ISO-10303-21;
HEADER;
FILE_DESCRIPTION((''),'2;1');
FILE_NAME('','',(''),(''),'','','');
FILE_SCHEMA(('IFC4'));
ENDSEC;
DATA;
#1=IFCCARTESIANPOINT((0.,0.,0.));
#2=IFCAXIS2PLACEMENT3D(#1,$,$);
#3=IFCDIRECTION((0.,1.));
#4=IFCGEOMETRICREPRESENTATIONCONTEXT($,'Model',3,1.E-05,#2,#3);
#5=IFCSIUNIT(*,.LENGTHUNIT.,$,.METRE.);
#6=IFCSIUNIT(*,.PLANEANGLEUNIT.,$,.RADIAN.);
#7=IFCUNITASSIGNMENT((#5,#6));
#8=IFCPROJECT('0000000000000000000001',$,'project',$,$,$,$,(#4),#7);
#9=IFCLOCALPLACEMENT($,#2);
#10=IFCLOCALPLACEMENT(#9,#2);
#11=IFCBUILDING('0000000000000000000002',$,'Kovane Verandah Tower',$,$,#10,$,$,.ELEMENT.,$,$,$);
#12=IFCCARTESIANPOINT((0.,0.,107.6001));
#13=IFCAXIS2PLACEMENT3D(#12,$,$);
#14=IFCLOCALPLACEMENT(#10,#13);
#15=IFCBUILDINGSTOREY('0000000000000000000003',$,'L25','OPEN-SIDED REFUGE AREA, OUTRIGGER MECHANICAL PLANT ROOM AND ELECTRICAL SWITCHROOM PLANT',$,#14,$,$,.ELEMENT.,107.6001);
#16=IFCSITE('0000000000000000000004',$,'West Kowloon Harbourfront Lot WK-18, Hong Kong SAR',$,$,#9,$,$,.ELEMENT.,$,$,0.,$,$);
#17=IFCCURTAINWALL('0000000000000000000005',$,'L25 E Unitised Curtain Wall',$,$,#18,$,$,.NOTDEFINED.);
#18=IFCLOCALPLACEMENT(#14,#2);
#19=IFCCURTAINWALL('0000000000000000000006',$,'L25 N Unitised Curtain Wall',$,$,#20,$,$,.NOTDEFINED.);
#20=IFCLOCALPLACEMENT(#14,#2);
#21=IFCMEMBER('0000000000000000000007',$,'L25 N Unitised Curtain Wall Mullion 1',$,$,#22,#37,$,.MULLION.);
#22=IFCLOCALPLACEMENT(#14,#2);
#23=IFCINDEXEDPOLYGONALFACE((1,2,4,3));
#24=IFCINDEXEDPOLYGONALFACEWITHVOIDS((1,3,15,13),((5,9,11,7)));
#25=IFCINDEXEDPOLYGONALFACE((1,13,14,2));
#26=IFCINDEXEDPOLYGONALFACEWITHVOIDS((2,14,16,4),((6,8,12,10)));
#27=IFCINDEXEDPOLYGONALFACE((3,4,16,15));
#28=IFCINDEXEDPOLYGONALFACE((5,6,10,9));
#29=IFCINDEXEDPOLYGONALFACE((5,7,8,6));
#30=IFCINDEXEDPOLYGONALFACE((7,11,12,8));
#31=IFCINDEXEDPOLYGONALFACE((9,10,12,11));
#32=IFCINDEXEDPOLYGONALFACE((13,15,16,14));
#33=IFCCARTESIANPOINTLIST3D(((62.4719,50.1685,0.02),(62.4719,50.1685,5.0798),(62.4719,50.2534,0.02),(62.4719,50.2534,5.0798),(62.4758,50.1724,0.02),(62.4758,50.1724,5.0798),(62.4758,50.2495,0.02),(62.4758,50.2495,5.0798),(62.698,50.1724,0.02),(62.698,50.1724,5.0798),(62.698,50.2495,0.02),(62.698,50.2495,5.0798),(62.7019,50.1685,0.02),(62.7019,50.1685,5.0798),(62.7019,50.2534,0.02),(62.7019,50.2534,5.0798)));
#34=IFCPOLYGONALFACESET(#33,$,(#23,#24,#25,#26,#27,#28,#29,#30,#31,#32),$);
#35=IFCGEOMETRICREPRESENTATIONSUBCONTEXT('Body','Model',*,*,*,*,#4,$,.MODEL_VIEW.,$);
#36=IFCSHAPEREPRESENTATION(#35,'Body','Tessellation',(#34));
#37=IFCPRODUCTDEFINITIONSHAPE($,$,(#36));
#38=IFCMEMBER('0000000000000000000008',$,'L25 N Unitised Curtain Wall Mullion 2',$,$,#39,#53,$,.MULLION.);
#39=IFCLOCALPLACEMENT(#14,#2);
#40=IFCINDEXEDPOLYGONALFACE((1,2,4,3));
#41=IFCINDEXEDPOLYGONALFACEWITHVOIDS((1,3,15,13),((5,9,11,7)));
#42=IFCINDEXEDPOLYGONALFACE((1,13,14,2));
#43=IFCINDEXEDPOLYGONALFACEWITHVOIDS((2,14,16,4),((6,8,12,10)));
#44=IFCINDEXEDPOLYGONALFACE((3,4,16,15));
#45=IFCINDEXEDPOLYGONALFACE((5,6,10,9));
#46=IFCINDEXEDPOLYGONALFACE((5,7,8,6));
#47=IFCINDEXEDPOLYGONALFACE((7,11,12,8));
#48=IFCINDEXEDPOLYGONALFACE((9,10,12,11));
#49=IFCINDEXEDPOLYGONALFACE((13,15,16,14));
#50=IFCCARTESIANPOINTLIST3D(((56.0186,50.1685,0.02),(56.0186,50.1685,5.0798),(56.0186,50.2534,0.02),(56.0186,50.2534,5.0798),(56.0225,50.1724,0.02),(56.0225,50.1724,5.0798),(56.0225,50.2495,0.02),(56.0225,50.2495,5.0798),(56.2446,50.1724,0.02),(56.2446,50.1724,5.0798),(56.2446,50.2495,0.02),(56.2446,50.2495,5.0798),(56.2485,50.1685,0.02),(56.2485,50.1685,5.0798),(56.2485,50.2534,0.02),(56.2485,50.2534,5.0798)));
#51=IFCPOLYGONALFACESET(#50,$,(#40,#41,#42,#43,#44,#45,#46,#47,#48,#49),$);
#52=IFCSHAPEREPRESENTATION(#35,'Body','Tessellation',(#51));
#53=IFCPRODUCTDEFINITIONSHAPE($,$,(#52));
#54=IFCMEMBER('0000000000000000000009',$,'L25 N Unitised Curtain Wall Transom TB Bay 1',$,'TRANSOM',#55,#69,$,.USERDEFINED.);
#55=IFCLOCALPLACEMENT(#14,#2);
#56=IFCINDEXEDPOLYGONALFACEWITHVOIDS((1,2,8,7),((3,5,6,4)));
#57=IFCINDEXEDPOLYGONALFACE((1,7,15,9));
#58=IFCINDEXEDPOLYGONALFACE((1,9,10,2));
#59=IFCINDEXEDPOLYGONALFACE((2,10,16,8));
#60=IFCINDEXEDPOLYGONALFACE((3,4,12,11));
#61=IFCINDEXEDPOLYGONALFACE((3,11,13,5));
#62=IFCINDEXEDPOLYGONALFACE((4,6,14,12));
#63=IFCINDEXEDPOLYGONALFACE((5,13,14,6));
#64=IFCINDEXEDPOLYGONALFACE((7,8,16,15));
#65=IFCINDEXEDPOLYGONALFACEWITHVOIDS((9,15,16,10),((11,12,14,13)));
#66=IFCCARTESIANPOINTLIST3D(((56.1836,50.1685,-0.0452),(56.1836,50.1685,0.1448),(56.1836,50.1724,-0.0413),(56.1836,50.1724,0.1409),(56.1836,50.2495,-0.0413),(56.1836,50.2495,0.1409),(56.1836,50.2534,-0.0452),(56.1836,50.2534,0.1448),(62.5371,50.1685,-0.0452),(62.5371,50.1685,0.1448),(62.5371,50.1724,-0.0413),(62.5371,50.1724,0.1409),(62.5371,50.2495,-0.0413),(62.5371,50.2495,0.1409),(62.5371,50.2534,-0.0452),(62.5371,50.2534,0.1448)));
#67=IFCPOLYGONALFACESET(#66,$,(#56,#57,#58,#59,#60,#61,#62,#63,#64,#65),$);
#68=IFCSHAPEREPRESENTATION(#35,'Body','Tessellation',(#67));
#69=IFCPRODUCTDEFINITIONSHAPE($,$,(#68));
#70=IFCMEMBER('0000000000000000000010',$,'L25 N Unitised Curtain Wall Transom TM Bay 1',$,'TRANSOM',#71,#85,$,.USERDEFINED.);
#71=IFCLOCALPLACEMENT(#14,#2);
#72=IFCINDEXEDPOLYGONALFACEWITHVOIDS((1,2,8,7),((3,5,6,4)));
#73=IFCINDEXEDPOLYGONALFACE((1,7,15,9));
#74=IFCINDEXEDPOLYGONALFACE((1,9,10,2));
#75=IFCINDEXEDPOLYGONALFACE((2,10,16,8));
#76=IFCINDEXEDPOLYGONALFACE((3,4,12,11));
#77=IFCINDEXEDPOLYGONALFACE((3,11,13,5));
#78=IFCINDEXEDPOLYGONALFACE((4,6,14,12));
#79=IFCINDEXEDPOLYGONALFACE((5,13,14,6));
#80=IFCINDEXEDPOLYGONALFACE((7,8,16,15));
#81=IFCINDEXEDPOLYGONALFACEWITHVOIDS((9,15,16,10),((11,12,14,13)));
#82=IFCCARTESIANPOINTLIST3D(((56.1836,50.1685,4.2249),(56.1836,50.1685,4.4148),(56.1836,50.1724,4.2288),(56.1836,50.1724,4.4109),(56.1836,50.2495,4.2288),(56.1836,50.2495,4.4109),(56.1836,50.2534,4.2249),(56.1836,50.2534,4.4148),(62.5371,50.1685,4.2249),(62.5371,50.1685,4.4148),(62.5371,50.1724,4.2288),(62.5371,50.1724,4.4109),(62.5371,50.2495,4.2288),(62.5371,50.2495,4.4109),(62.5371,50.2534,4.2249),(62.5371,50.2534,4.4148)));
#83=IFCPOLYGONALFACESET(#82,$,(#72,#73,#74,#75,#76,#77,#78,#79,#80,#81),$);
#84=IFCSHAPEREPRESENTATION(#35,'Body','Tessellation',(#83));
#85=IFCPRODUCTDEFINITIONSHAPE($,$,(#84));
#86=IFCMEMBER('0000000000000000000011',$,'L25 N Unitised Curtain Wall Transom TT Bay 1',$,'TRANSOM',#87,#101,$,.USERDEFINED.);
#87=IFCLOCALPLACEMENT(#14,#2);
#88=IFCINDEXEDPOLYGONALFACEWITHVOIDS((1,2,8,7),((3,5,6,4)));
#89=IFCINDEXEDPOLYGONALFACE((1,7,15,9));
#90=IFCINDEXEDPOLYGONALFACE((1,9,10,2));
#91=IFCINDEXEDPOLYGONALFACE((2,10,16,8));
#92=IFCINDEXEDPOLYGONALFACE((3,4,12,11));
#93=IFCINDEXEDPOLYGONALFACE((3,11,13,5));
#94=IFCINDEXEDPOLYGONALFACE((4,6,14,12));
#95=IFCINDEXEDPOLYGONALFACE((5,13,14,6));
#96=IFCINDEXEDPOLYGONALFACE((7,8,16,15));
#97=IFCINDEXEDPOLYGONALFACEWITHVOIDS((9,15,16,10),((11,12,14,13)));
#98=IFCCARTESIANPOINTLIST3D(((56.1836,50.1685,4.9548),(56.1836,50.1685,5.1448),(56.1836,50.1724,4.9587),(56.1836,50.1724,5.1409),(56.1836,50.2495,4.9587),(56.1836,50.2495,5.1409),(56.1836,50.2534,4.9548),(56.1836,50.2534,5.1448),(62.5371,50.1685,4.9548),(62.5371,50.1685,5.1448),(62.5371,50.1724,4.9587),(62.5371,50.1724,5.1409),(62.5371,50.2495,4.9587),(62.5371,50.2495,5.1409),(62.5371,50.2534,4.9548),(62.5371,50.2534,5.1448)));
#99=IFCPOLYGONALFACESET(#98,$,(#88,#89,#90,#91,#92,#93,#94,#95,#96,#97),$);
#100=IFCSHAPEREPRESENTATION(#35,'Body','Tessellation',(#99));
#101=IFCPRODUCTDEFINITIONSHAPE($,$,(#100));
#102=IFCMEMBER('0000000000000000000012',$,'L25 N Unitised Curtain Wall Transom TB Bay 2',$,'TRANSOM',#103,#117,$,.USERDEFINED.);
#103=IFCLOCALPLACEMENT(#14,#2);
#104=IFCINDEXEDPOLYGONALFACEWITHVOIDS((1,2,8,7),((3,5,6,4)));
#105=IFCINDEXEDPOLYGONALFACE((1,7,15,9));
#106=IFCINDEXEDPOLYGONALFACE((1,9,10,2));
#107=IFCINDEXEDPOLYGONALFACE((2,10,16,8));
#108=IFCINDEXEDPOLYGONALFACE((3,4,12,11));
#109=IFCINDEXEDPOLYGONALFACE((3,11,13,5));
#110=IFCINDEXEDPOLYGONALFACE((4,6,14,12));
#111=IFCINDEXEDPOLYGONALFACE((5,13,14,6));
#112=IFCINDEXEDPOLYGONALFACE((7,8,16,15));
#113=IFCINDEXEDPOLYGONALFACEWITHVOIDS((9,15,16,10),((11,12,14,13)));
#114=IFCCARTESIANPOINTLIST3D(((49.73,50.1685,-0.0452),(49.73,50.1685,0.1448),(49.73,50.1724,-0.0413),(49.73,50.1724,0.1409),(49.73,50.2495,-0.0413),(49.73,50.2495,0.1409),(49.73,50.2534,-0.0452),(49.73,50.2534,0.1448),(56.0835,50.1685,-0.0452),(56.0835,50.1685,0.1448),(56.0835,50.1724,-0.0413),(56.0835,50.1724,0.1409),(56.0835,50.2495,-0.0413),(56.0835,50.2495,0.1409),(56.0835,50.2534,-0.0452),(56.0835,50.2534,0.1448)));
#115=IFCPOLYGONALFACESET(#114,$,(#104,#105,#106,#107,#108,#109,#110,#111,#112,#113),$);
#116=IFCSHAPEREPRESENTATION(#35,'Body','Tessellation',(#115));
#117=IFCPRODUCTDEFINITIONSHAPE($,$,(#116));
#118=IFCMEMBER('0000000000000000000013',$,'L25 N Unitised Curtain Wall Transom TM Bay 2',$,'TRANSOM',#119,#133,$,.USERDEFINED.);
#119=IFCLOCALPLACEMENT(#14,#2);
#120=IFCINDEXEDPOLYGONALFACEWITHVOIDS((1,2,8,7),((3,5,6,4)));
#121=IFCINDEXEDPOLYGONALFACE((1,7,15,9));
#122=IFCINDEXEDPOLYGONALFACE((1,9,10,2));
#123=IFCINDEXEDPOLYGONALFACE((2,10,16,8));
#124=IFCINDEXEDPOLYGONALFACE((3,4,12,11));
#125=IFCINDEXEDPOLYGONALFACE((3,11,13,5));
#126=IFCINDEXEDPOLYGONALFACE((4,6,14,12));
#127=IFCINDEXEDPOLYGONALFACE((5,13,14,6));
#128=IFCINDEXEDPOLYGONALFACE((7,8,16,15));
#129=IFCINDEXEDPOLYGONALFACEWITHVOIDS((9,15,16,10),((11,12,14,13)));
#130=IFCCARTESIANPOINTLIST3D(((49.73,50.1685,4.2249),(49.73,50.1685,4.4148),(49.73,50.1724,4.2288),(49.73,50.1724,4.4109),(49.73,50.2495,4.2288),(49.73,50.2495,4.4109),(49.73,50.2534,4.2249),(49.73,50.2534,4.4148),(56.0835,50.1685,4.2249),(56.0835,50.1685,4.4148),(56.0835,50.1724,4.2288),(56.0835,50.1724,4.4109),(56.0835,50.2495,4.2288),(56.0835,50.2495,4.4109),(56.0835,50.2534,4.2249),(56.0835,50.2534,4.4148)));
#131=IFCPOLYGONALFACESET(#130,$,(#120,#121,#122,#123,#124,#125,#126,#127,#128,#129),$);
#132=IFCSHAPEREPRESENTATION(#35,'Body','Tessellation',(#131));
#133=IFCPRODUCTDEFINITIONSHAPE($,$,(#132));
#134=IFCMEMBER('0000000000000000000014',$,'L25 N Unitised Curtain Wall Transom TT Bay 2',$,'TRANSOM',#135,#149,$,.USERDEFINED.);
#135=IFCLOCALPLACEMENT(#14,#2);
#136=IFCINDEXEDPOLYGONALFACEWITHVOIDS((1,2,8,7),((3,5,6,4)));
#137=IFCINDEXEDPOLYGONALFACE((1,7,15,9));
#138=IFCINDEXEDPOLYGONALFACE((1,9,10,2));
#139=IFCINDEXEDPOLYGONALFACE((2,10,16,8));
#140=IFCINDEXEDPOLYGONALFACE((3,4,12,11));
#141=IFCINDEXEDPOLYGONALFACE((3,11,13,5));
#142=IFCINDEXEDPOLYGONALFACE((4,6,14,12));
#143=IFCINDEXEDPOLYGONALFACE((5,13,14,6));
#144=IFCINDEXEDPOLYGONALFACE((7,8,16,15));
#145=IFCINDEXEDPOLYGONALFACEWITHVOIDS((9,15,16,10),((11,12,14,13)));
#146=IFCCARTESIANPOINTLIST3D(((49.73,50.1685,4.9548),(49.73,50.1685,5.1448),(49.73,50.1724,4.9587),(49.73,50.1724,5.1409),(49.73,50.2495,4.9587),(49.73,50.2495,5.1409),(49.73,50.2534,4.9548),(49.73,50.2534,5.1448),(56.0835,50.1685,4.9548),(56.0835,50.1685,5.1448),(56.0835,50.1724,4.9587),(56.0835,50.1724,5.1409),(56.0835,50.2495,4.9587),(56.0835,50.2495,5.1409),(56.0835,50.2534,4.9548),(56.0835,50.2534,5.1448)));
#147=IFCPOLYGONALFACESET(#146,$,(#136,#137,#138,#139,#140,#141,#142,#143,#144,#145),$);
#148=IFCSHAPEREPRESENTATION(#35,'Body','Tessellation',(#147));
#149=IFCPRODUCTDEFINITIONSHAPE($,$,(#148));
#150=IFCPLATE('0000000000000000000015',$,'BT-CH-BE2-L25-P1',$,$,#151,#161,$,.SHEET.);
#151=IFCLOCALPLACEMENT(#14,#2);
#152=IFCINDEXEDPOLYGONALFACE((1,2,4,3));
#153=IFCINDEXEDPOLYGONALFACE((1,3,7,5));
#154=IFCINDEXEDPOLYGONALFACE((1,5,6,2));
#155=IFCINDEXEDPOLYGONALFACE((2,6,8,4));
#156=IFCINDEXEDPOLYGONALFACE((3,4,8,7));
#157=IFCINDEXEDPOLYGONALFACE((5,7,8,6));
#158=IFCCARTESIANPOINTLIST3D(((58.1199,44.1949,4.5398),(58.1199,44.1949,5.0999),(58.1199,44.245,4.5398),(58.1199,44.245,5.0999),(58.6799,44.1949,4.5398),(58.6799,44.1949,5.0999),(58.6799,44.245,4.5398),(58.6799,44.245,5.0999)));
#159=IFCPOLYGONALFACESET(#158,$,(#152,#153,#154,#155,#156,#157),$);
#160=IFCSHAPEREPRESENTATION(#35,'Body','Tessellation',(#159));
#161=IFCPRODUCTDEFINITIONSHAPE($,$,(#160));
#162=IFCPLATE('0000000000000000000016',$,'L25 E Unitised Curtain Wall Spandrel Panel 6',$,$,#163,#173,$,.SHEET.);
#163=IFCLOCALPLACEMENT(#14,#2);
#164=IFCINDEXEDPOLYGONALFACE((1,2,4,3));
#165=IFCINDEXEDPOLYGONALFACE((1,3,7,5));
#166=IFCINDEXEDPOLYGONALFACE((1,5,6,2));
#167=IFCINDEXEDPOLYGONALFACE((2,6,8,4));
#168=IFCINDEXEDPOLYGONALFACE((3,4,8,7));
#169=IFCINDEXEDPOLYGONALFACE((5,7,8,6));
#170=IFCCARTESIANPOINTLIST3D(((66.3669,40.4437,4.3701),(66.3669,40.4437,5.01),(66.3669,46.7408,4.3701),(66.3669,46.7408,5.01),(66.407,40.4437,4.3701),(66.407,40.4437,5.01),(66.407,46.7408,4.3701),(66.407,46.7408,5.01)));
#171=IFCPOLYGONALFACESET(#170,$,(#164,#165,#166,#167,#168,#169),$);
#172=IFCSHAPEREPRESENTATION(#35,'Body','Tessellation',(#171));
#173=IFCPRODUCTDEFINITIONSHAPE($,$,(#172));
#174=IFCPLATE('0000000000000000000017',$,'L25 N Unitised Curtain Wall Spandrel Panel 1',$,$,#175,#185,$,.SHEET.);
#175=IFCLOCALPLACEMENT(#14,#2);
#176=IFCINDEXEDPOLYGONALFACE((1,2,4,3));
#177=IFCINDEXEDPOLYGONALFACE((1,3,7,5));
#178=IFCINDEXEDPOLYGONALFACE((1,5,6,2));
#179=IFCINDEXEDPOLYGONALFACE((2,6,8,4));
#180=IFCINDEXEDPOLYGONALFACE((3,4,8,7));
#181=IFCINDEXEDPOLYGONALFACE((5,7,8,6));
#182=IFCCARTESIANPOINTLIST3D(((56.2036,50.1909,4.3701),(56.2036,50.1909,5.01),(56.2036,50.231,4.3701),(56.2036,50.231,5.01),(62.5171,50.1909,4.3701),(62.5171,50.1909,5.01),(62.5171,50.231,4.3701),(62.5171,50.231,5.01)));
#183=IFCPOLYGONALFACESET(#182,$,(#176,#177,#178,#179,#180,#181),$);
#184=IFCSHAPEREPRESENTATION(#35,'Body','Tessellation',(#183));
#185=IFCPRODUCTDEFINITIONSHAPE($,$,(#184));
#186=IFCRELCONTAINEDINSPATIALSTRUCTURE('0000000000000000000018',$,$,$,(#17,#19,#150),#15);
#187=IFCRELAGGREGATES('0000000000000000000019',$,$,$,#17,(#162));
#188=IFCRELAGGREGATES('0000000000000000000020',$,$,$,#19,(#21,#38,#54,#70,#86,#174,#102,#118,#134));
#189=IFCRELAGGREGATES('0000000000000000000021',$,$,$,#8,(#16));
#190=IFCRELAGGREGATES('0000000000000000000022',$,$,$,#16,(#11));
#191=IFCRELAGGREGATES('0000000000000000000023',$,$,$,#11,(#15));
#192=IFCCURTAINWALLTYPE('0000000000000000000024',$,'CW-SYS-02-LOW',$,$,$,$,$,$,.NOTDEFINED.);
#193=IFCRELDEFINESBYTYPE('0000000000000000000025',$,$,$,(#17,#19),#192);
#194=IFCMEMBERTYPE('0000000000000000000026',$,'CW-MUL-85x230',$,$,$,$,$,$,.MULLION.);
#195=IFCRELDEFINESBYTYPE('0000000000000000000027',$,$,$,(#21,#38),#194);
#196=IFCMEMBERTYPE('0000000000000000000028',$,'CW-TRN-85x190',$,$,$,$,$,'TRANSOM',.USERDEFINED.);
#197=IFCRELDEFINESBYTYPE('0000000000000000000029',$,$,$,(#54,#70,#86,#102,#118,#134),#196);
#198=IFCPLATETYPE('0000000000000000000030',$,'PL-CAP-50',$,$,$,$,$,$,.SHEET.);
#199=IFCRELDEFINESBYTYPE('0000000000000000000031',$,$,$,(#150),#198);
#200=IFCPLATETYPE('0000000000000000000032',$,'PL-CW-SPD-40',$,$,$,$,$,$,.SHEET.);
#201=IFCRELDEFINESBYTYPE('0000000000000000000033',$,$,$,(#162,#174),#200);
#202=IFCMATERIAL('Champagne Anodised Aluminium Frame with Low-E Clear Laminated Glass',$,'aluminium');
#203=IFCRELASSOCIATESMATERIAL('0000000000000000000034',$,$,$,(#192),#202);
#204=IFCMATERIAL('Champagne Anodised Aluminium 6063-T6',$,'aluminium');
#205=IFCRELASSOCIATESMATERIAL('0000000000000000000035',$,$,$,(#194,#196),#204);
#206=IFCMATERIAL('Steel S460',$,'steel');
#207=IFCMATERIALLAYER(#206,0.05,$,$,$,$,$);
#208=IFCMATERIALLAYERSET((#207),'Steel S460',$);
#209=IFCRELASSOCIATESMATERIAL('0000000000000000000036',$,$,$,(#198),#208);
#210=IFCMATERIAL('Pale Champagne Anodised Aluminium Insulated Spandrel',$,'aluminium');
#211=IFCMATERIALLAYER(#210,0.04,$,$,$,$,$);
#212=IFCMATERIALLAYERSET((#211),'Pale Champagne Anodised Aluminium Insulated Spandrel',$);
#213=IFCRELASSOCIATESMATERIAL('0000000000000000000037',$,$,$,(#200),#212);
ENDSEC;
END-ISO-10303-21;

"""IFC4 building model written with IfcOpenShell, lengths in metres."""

from ifc_helpers import new_model, si_unit, direction, frame, origin, origin_2d, place, context, subcontext, project, spatial, rectangle, hollow_rectangle, extrude, material, layer, layer_set, material_profile, profile_set, type_object, element, aggregate, save


model = new_model("IFC4")

# Units and contexts
model_context = context("Model", 3, precision=1e-05, world=origin(), true_north=direction((0.0, 1.0)))
body_context = subcontext(model_context, "Body", "Model", "MODEL_VIEW")
ifc_project = project(units=[si_unit("LENGTHUNIT", "METRE"), si_unit("PLANEANGLEUNIT", "RADIAN")], contexts=[model_context])

# Site, building, storey
site_placement = place(None, origin())
site = spatial("IfcSite", under=ifc_project, at=site_placement, Name="West Kowloon Harbourfront Lot WK-18, Hong Kong SAR", CompositionType="ELEMENT", RefElevation=0.0)
building_placement = place(site_placement, origin())
building = spatial("IfcBuilding", under=site, at=building_placement, Name="Kovane Verandah Tower", CompositionType="ELEMENT")
storey_placement = place(building_placement, frame((0.0, 0.0, 107.6001)))
storey = spatial("IfcBuildingStorey", under=building, at=storey_placement, Name="L25", Description="OPEN-SIDED REFUGE AREA, OUTRIGGER MECHANICAL PLANT ROOM AND ELECTRICAL SWITCHROOM PLANT", CompositionType="ELEMENT", Elevation=107.6001)

# Shared definitions
ifc_material_1 = material(Name="Steel S460", Category="steel")

# Curtain wall
ifc_material_2 = material(Name="Champagne Anodised Aluminium Frame with Low-E Clear Laminated Glass", Category="aluminium")
curtain_wall_type = type_object("IfcCurtainWallType", Name="CW-SYS-02-LOW", PredefinedType="NOTDEFINED", material=ifc_material_2)
curtain_wall_1_placement = place(storey_placement, origin())
curtain_wall_1 = element("IfcCurtainWall", 1, at=curtain_wall_1_placement, inside=storey, type_object=curtain_wall_type, Name="L25 E Unitised Curtain Wall", PredefinedType="NOTDEFINED")
ifc_material_3 = material(Name="Champagne Anodised Aluminium 6063-T6", Category="aluminium")
ifc_material_profile_1 = material_profile(ifc_material_3, hollow_rectangle(XDim=0.085, YDim=0.23, WallThickness=0.0039, at=origin_2d()), Name="AL85x230x4")
ifc_profile_set_1 = profile_set([ifc_material_profile_1], Name="Champagne Anodised Aluminium 6063-T6")
member_type_1 = type_object("IfcMemberType", Name="CW-MUL-85x230", PredefinedType="MULLION", material=ifc_profile_set_1)

# Curtain wall, members
curtain_wall_2_placement = place(storey_placement, origin())
curtain_wall_2 = element("IfcCurtainWall", 2, at=curtain_wall_2_placement, inside=storey, type_object=curtain_wall_type, Name="L25 N Unitised Curtain Wall", PredefinedType="NOTDEFINED")
member_1_placement = place(storey_placement, frame((62.5869, 50.2109, 0.02), z_axis=(0.0, 0.0, 1.0), x_axis=(0.0, 1.0, 0.0)))
member_1 = element("IfcMember", 3, at=member_1_placement, type_object=member_type_1, Name="L25 N Unitised Curtain Wall Mullion 1", PredefinedType="MULLION", context=body_context, shape_type="SweptSolid", body=[
    extrude(hollow_rectangle(XDim=0.085, YDim=0.23, WallThickness=0.0039, at=origin_2d()), origin(), (0.0, 0.0, 1.0), 5.0598),
])
member_2_placement = place(storey_placement, frame((56.1335, 50.2109, 0.02), z_axis=(0.0, 0.0, 1.0), x_axis=(0.0, 1.0, 0.0)))
member_2 = element("IfcMember", 4, at=member_2_placement, type_object=member_type_1, Name="L25 N Unitised Curtain Wall Mullion 2", PredefinedType="MULLION", context=body_context, shape_type="SweptSolid", body=[
    extrude(hollow_rectangle(XDim=0.085, YDim=0.23, WallThickness=0.0039, at=origin_2d()), origin(), (0.0, 0.0, 1.0), 5.0598),
])
ifc_material_profile_2 = material_profile(ifc_material_3, hollow_rectangle(XDim=0.085, YDim=0.1899, WallThickness=0.0039, at=origin_2d()), Name="AL85x190x4")
ifc_profile_set_2 = profile_set([ifc_material_profile_2], Name="Champagne Anodised Aluminium 6063-T6")
member_type_2 = type_object("IfcMemberType", Name="CW-TRN-85x190", ElementType="TRANSOM", PredefinedType="USERDEFINED", material=ifc_profile_set_2)
member_3_placement = place(storey_placement, frame((62.5371, 50.2109, 0.0498), z_axis=(-1.0, 0.0, 0.0), x_axis=(0.0, -1.0, 0.0)))
member_3 = element("IfcMember", 5, at=member_3_placement, type_object=member_type_2, Name="L25 N Unitised Curtain Wall Transom TB Bay 1", ObjectType="TRANSOM", PredefinedType="USERDEFINED", context=body_context, shape_type="SweptSolid", body=[
    extrude(hollow_rectangle(XDim=0.085, YDim=0.1899, WallThickness=0.0039, at=origin_2d()), origin(), (0.0, 0.0, 1.0), 6.3535),
])
member_4_placement = place(storey_placement, frame((62.5371, 50.2109, 4.3198), z_axis=(-1.0, 0.0, 0.0), x_axis=(0.0, -1.0, 0.0)))
member_4 = element("IfcMember", 6, at=member_4_placement, type_object=member_type_2, Name="L25 N Unitised Curtain Wall Transom TM Bay 1", ObjectType="TRANSOM", PredefinedType="USERDEFINED", context=body_context, shape_type="SweptSolid", body=[
    extrude(hollow_rectangle(XDim=0.085, YDim=0.1899, WallThickness=0.0039, at=origin_2d()), origin(), (0.0, 0.0, 1.0), 6.3535),
])
member_5_placement = place(storey_placement, frame((62.5371, 50.2109, 5.0498), z_axis=(-1.0, 0.0, 0.0), x_axis=(0.0, -1.0, 0.0)))
member_5 = element("IfcMember", 7, at=member_5_placement, type_object=member_type_2, Name="L25 N Unitised Curtain Wall Transom TT Bay 1", ObjectType="TRANSOM", PredefinedType="USERDEFINED", context=body_context, shape_type="SweptSolid", body=[
    extrude(hollow_rectangle(XDim=0.085, YDim=0.1899, WallThickness=0.0039, at=origin_2d()), origin(), (0.0, 0.0, 1.0), 6.3535),
])
member_6_placement = place(storey_placement, frame((56.0835, 50.2109, 0.0498), z_axis=(-1.0, 0.0, 0.0), x_axis=(0.0, -1.0, 0.0)))
member_6 = element("IfcMember", 8, at=member_6_placement, type_object=member_type_2, Name="L25 N Unitised Curtain Wall Transom TB Bay 2", ObjectType="TRANSOM", PredefinedType="USERDEFINED", context=body_context, shape_type="SweptSolid", body=[
    extrude(hollow_rectangle(XDim=0.085, YDim=0.1899, WallThickness=0.0039, at=origin_2d()), origin(), (0.0, 0.0, 1.0), 6.3535),
])
member_7_placement = place(storey_placement, frame((56.0835, 50.2109, 4.3198), z_axis=(-1.0, 0.0, 0.0), x_axis=(0.0, -1.0, 0.0)))
member_7 = element("IfcMember", 9, at=member_7_placement, type_object=member_type_2, Name="L25 N Unitised Curtain Wall Transom TM Bay 2", ObjectType="TRANSOM", PredefinedType="USERDEFINED", context=body_context, shape_type="SweptSolid", body=[
    extrude(hollow_rectangle(XDim=0.085, YDim=0.1899, WallThickness=0.0039, at=origin_2d()), origin(), (0.0, 0.0, 1.0), 6.3535),
])
member_8_placement = place(storey_placement, frame((56.0835, 50.2109, 5.0498), z_axis=(-1.0, 0.0, 0.0), x_axis=(0.0, -1.0, 0.0)))
member_8 = element("IfcMember", 10, at=member_8_placement, type_object=member_type_2, Name="L25 N Unitised Curtain Wall Transom TT Bay 2", ObjectType="TRANSOM", PredefinedType="USERDEFINED", context=body_context, shape_type="SweptSolid", body=[
    extrude(hollow_rectangle(XDim=0.085, YDim=0.1899, WallThickness=0.0039, at=origin_2d()), origin(), (0.0, 0.0, 1.0), 6.3535),
])

# Plates
ifc_layer_1 = layer(ifc_material_1, 0.05)
ifc_layer_set_1 = layer_set([ifc_layer_1], Name="Steel S460")
plate_type_1 = type_object("IfcPlateType", Name="PL-CAP-50", PredefinedType="SHEET", material=ifc_layer_set_1)
plate_1_placement = place(storey_placement, frame((58.3999, 44.22, 4.5398), z_axis=(0.0, 0.0, 1.0), x_axis=(0.0, 1.0, 0.0)))
element("IfcPlate", 11, at=plate_1_placement, inside=storey, type_object=plate_type_1, Name="BT-CH-BE2-L25-P1", PredefinedType="SHEET", context=body_context, shape_type="SweptSolid", body=[
    extrude(rectangle(XDim=0.05, YDim=0.5601, at=origin_2d()), origin(), (0.0, 0.0, 1.0), 0.5601),
])
ifc_material_4 = material(Name="Pale Champagne Anodised Aluminium Insulated Spandrel", Category="aluminium")
ifc_layer_2 = layer(ifc_material_4, 0.04)
ifc_layer_set_2 = layer_set([ifc_layer_2], Name="Pale Champagne Anodised Aluminium Insulated Spandrel")
plate_type_2 = type_object("IfcPlateType", Name="PL-CW-SPD-40", PredefinedType="SHEET", material=ifc_layer_set_2)
plate_2_placement = place(storey_placement, frame((66.387, 43.5923, 4.3701), z_axis=(0.0, 0.0, 1.0), x_axis=(0.0, 1.0, 0.0)))
plate_2 = element("IfcPlate", 12, at=plate_2_placement, type_object=plate_type_2, Name="L25 E Unitised Curtain Wall Spandrel Panel 6", PredefinedType="SHEET", context=body_context, shape_type="SweptSolid", body=[
    extrude(rectangle(XDim=6.2971, YDim=0.04, at=origin_2d()), origin(), (0.0, 0.0, 1.0), 0.6399),
])
plate_3_placement = place(storey_placement, frame((59.3604, 50.2109, 4.3701), z_axis=(0.0, 0.0, 1.0), x_axis=(-1.0, 0.0, 0.0)))
plate_3 = element("IfcPlate", 13, at=plate_3_placement, type_object=plate_type_2, Name="L25 N Unitised Curtain Wall Spandrel Panel 1", PredefinedType="SHEET", context=body_context, shape_type="SweptSolid", body=[
    extrude(rectangle(XDim=6.3135, YDim=0.04, at=origin_2d()), origin(), (0.0, 0.0, 1.0), 0.6399),
])
aggregate(curtain_wall_1, [plate_2])
aggregate(curtain_wall_2, [member_1, member_2, member_3, member_4, member_5, plate_3, member_6, member_7, member_8])

save(model, "model.ifc")
